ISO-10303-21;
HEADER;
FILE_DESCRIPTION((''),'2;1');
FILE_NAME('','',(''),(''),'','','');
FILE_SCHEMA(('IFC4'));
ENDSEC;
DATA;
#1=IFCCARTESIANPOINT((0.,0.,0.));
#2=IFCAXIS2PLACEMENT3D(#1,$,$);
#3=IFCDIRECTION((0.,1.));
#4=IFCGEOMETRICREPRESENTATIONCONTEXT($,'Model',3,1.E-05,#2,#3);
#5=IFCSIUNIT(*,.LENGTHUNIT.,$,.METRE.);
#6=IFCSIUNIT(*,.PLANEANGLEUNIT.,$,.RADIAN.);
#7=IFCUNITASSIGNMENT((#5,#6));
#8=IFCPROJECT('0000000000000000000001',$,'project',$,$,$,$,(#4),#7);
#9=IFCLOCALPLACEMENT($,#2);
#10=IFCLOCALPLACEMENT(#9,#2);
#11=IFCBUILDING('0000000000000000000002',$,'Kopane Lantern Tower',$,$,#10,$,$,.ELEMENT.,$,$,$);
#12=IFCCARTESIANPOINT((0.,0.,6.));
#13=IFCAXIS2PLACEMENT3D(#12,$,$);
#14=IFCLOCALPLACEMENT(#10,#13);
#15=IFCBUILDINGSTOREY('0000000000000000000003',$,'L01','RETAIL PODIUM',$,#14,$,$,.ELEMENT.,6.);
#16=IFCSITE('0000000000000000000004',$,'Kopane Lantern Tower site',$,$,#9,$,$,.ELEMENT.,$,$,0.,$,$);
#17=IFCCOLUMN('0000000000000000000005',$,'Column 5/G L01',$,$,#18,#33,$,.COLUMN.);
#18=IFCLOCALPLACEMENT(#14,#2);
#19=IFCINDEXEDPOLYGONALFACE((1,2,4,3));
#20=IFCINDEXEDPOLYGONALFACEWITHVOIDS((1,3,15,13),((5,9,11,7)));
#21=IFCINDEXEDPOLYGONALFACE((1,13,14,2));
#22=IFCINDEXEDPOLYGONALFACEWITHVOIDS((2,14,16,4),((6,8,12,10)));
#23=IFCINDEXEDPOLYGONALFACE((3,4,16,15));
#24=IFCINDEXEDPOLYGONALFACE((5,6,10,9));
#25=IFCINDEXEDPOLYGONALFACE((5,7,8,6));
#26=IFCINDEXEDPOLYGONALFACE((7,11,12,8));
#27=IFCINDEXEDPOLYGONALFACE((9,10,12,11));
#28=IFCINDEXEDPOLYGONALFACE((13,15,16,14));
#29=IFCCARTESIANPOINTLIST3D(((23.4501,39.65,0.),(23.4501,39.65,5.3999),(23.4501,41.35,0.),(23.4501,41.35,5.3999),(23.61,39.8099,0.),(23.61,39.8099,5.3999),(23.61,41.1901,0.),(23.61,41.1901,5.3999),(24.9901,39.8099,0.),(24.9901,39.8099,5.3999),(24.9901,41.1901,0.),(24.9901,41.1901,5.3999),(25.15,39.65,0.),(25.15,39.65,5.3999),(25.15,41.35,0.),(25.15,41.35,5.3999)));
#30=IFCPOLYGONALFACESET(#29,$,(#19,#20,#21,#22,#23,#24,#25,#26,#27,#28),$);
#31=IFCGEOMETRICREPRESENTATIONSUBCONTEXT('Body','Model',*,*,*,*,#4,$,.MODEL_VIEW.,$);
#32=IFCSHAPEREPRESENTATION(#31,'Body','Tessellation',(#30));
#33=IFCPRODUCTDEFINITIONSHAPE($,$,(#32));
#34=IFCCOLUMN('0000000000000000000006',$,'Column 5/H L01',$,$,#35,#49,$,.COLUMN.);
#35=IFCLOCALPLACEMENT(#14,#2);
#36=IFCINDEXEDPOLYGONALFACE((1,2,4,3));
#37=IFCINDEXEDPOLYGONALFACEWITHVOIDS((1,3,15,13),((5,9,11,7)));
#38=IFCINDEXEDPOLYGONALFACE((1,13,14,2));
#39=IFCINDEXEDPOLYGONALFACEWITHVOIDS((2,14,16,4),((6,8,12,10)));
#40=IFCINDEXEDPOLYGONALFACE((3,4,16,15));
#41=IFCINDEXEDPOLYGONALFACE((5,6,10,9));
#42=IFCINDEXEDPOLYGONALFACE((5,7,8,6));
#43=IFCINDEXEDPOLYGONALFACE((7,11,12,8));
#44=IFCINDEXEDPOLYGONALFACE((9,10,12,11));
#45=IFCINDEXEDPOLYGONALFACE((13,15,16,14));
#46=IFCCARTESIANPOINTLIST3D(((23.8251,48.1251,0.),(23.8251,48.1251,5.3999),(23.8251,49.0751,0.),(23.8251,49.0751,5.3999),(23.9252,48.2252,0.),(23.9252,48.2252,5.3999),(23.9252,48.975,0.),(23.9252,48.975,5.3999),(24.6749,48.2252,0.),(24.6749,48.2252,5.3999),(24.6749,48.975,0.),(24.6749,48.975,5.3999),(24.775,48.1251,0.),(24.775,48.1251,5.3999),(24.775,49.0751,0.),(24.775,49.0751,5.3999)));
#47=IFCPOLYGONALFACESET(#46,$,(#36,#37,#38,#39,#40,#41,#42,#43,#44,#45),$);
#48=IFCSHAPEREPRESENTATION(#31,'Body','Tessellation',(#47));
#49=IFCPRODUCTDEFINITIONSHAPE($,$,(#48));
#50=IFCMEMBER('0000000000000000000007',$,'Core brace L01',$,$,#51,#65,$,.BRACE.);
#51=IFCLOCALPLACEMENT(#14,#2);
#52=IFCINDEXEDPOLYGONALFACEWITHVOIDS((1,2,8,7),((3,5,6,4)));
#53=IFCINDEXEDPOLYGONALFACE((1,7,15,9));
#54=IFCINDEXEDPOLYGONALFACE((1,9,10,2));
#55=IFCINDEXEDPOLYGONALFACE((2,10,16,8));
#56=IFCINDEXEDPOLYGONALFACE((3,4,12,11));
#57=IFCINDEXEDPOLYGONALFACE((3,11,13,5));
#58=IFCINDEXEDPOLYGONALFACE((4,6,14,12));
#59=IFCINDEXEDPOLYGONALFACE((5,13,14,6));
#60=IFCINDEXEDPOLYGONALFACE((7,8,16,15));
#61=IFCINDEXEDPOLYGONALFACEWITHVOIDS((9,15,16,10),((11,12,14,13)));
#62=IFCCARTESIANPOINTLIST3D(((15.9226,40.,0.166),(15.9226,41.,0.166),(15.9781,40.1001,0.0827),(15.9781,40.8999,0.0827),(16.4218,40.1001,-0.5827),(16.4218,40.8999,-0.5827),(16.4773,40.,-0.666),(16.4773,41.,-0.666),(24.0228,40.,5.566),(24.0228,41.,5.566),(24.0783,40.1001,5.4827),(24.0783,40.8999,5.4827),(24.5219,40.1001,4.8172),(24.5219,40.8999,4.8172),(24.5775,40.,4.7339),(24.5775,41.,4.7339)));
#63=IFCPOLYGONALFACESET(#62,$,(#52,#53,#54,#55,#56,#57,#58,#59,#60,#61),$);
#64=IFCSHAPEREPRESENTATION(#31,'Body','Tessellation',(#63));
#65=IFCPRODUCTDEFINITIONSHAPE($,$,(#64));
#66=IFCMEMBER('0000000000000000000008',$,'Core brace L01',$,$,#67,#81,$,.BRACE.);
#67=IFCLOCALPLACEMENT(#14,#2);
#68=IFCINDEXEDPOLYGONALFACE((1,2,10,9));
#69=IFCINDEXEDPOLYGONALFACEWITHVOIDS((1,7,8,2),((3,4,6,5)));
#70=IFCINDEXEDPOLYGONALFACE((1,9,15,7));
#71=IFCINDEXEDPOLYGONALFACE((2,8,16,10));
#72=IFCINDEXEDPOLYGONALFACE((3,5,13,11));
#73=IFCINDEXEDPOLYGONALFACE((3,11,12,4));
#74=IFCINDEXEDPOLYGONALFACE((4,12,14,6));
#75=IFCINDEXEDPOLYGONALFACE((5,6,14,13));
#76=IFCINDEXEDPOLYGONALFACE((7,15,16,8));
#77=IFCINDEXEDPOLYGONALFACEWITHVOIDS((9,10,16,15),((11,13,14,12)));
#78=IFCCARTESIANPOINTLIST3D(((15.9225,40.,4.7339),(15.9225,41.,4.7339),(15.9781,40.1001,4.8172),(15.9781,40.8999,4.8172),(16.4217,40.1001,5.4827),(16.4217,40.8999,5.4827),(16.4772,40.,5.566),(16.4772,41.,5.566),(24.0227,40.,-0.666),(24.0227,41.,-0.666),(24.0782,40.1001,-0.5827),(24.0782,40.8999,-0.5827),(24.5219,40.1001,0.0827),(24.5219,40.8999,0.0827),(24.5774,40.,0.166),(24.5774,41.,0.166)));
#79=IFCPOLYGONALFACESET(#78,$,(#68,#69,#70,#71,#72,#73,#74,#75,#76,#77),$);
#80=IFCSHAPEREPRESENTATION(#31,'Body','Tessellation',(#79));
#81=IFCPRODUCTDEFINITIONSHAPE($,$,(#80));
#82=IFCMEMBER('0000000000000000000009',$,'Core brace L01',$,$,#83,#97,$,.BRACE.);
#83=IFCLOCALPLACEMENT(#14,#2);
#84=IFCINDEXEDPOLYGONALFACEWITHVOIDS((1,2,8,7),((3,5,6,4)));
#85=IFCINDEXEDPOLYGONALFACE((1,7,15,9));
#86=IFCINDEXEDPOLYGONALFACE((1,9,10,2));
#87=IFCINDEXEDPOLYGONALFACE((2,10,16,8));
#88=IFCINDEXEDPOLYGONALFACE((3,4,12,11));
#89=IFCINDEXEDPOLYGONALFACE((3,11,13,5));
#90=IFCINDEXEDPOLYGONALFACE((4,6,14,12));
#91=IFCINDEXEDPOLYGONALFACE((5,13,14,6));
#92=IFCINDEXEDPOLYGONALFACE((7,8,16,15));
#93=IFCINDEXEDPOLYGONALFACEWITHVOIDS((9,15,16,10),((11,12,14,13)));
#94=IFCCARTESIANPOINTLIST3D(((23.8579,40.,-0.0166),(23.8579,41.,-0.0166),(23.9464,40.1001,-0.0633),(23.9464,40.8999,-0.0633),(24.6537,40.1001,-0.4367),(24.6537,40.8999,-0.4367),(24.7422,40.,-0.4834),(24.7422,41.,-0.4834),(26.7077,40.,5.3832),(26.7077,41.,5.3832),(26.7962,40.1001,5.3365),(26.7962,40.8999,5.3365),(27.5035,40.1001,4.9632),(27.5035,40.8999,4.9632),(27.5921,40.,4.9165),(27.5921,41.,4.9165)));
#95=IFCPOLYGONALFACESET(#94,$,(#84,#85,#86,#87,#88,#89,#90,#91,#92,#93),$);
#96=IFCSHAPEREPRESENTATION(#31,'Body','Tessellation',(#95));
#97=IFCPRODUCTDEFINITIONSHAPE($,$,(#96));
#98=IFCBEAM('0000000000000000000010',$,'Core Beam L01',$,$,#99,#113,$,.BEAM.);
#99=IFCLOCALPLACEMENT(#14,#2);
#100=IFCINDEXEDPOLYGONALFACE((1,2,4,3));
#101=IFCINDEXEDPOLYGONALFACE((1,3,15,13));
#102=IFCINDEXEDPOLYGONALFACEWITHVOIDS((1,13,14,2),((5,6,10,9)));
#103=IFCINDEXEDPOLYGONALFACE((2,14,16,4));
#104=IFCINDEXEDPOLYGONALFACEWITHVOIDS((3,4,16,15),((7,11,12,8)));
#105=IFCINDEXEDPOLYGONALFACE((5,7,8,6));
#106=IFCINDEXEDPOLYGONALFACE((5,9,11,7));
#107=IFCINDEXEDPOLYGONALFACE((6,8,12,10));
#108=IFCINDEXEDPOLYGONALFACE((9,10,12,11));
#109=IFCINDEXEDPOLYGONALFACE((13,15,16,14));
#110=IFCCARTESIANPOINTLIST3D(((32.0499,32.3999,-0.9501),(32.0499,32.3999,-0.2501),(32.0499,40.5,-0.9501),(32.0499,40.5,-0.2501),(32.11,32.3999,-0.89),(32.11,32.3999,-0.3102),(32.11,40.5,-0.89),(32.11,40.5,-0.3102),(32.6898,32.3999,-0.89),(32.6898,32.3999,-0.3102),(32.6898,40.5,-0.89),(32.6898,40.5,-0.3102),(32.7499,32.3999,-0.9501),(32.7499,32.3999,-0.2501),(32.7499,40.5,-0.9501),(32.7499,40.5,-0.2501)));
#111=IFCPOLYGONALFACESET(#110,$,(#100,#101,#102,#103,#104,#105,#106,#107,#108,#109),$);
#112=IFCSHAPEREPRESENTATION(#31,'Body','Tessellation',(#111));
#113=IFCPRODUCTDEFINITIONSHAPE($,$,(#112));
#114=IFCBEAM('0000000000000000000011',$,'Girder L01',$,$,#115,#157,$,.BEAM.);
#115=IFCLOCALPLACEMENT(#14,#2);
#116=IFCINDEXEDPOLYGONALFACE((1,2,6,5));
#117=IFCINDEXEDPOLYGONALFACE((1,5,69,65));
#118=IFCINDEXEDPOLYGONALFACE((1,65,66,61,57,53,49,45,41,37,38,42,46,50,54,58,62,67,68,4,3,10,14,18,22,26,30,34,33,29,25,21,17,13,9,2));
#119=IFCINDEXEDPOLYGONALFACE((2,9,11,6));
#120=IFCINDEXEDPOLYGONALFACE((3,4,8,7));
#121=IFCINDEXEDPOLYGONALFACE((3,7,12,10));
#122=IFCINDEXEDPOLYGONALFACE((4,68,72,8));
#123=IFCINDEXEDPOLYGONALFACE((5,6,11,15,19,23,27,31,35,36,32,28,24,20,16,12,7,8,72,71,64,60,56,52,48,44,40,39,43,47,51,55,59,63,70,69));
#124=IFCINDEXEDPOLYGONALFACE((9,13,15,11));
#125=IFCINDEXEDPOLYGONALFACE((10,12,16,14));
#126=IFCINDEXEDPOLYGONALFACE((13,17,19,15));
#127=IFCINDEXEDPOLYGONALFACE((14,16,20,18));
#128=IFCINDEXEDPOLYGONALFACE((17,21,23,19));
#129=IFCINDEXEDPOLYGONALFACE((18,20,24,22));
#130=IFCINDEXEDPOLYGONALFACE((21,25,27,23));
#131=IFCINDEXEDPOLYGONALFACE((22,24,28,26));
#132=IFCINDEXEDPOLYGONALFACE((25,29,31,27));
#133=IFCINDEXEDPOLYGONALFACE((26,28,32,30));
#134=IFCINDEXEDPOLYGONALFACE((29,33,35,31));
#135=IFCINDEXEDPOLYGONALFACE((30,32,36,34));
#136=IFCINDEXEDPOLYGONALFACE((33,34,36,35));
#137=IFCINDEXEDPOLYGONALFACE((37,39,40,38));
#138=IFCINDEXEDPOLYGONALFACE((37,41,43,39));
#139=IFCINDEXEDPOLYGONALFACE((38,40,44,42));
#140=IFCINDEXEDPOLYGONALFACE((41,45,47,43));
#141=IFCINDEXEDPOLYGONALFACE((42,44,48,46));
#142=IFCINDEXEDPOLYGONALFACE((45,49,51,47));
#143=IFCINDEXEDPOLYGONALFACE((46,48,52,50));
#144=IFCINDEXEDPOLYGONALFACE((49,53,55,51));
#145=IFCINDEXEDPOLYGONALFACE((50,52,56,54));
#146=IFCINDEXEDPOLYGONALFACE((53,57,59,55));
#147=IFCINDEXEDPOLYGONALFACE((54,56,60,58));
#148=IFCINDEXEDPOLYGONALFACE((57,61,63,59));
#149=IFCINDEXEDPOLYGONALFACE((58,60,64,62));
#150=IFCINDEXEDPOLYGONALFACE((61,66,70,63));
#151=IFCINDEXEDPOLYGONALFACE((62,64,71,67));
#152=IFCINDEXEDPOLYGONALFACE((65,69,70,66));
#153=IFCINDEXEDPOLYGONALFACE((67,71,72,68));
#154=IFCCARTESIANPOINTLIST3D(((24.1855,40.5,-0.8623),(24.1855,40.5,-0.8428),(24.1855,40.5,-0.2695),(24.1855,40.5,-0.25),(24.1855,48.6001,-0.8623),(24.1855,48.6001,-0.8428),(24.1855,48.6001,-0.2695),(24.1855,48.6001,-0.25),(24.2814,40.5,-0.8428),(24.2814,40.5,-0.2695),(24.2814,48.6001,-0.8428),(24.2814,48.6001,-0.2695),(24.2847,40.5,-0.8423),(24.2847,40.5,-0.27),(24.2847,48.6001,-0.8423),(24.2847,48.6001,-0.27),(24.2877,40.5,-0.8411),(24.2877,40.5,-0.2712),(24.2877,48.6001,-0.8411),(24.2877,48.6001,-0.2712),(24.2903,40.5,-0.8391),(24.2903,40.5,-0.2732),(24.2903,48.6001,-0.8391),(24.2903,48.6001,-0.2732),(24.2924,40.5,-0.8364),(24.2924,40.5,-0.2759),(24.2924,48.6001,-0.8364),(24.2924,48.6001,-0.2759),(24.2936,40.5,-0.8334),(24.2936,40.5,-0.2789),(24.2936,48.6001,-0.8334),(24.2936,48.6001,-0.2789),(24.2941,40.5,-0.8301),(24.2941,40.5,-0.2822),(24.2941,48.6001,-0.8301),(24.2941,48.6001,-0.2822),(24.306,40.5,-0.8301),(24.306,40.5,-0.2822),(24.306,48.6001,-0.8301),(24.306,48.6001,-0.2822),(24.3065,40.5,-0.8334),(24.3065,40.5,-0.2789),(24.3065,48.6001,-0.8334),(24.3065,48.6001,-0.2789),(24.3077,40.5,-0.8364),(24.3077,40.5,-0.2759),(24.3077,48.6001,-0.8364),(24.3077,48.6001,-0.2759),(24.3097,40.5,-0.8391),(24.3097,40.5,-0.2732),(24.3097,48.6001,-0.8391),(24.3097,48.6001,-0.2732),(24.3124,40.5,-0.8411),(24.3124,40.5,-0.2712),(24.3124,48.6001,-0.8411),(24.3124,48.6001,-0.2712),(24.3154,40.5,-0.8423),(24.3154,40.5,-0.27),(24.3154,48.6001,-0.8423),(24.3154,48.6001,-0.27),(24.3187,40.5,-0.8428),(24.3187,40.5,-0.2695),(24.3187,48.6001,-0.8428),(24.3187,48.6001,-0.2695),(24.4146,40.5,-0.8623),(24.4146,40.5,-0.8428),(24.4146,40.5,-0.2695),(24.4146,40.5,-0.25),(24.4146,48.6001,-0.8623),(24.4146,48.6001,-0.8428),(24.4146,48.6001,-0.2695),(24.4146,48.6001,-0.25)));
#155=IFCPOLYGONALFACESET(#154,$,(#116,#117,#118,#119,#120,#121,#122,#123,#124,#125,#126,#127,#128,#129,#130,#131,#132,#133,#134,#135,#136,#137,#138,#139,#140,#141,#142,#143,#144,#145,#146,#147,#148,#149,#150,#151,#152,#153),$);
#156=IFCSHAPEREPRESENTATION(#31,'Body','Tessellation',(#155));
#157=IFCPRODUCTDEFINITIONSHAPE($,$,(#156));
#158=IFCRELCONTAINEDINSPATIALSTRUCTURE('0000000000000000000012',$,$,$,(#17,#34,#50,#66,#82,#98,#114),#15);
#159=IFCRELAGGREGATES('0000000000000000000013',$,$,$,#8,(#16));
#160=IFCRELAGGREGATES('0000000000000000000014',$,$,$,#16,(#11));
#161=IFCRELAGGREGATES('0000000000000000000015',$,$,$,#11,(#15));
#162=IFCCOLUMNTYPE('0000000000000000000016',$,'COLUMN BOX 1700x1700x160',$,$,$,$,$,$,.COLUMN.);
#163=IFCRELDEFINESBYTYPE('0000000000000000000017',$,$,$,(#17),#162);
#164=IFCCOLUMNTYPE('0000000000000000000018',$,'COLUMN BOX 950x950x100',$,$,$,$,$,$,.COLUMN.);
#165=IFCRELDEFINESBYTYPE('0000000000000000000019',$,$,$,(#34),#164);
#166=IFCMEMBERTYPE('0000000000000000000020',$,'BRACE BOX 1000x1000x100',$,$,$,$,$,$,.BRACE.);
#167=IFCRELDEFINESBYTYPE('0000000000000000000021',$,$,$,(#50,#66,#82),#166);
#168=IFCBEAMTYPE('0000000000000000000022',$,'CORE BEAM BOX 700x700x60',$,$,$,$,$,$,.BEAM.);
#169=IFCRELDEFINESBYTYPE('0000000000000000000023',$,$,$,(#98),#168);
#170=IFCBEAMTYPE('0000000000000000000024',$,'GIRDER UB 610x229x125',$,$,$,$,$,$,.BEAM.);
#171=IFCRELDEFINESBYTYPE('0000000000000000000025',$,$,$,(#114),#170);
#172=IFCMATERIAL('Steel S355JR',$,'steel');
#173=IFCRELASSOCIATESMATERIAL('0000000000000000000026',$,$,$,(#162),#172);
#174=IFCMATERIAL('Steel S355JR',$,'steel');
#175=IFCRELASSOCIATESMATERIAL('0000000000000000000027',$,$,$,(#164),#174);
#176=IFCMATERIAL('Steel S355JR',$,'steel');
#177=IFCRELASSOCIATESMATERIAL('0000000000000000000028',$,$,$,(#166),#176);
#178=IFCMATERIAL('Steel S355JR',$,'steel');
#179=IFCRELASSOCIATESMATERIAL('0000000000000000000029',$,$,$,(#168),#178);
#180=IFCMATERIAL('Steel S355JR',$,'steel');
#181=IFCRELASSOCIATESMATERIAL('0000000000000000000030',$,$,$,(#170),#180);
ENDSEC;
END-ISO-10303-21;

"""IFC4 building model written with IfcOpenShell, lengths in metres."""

from ifc_helpers import new_model, si_unit, direction, frame, origin, origin_2d, place, context, subcontext, project, spatial, hollow_rectangle, i_section, extrude, material, material_profile, profile_set, type_object, element, save


model = new_model("IFC4")

# Units and contexts
model_context = context("Model", 3, precision=1e-05, world=origin(), true_north=direction((0.0, 1.0)))
body_context = subcontext(model_context, "Body", "Model", "MODEL_VIEW")
ifc_project = project(units=[si_unit("LENGTHUNIT", "METRE"), si_unit("PLANEANGLEUNIT", "RADIAN")], contexts=[model_context])

# Site, building, storey
site_placement = place(None, origin())
site = spatial("IfcSite", under=ifc_project, at=site_placement, Name="Kopane Lantern Tower site", CompositionType="ELEMENT", RefElevation=0.0)
building_placement = place(site_placement, origin())
building = spatial("IfcBuilding", under=site, at=building_placement, Name="Kopane Lantern Tower", CompositionType="ELEMENT")
storey_placement = place(building_placement, frame((0.0, 0.0, 6.0)))
storey = spatial("IfcBuildingStorey", under=building, at=storey_placement, Name="L01", Description="RETAIL PODIUM", CompositionType="ELEMENT", Elevation=6.0)

# Columns
ifc_material_1 = material(Name="Steel S355JR", Category="steel")
ifc_material_profile_1 = material_profile(ifc_material_1, hollow_rectangle(XDim=1.7, YDim=1.7, WallThickness=0.1599, at=origin_2d()), Name="BOX 1700x1700x160")
ifc_profile_set_1 = profile_set([ifc_material_profile_1], Name="Steel S355JR")
column_type_1 = type_object("IfcColumnType", Name="COLUMN BOX 1700x1700x160", PredefinedType="COLUMN", material=ifc_profile_set_1)
column_1_placement = place(storey_placement, frame((24.3, 40.5, 0.0), z_axis=(0.0, 0.0, 1.0), x_axis=(1.0, 0.0, 0.0)))
element("IfcColumn", 1, at=column_1_placement, inside=storey, type_object=column_type_1, Name="Column 5/G L01", PredefinedType="COLUMN", context=body_context, shape_type="SweptSolid", body=[
    extrude(hollow_rectangle(XDim=1.7, YDim=1.7, WallThickness=0.1599, at=origin_2d()), origin(), (0.0, 0.0, 1.0), 5.3999),
])
ifc_material_2 = material(Name="Steel S355JR", Category="steel")
ifc_material_profile_2 = material_profile(ifc_material_2, hollow_rectangle(XDim=0.95, YDim=0.95, WallThickness=0.1001, at=origin_2d()), Name="BOX 950x950x100")
ifc_profile_set_2 = profile_set([ifc_material_profile_2], Name="Steel S355JR")
column_type_2 = type_object("IfcColumnType", Name="COLUMN BOX 950x950x100", PredefinedType="COLUMN", material=ifc_profile_set_2)
column_2_placement = place(storey_placement, frame((24.3, 48.6001, 0.0), z_axis=(0.0, 0.0, 1.0), x_axis=(1.0, 0.0, 0.0)))
element("IfcColumn", 2, at=column_2_placement, inside=storey, type_object=column_type_2, Name="Column 5/H L01", PredefinedType="COLUMN", context=body_context, shape_type="SweptSolid", body=[
    extrude(hollow_rectangle(XDim=0.95, YDim=0.95, WallThickness=0.1001, at=origin_2d()), origin(), (0.0, 0.0, 1.0), 5.3999),
])

# Members
ifc_material_3 = material(Name="Steel S355JR", Category="steel")
ifc_material_profile_3 = material_profile(ifc_material_3, hollow_rectangle(XDim=1.0, YDim=1.0, WallThickness=0.1001, at=origin_2d()), Name="BOX 1000x1000x100")
ifc_profile_set_3 = profile_set([ifc_material_profile_3], Name="Steel S355JR")
member_type = type_object("IfcMemberType", Name="BRACE BOX 1000x1000x100", PredefinedType="BRACE", material=ifc_profile_set_3)
for number, where, z_axis, x_axis, name in (
    (3, (16.2, 40.5, -0.25), (0.832058, 0.0, 0.554689), (0.0, 1.0, 0.0), "Core brace L01"),
    (4, (24.3, 40.5, -0.25), (-0.832058, 0.0, 0.554689), (0.0, -1.0, 0.0), "Core brace L01"),
):
    element("IfcMember", number, at=place(storey_placement, frame(where, z_axis=z_axis, x_axis=x_axis)), inside=storey, type_object=member_type, Name=name, PredefinedType="BRACE", context=body_context, shape_type="SweptSolid", body=[
        extrude(hollow_rectangle(XDim=1.0, YDim=1.0, WallThickness=0.1001, at=origin_2d()), origin(), (0.0, 0.0, 1.0), 9.7351),
    ])
member_placement = place(storey_placement, frame((24.3, 40.5, -0.25), z_axis=(0.466746, 0.0, 0.884391), x_axis=(0.0, 1.0, 0.0)))
element("IfcMember", 5, at=member_placement, inside=storey, type_object=member_type, Name="Core brace L01", PredefinedType="BRACE", context=body_context, shape_type="SweptSolid", body=[
    extrude(hollow_rectangle(XDim=1.0, YDim=1.0, WallThickness=0.1001, at=origin_2d()), origin(), (0.0, 0.0, 1.0), 6.1057),
])

# Beams
ifc_material_4 = material(Name="Steel S355JR", Category="steel")
ifc_material_profile_4 = material_profile(ifc_material_4, hollow_rectangle(XDim=0.7, YDim=0.7, WallThickness=0.0601, at=origin_2d()), Name="BOX 700x700x60")
ifc_profile_set_4 = profile_set([ifc_material_profile_4], Name="Steel S355JR")
beam_type_1 = type_object("IfcBeamType", Name="CORE BEAM BOX 700x700x60", PredefinedType="BEAM", material=ifc_profile_set_4)
beam_1_placement = place(storey_placement, frame((32.3999, 32.3999, -0.6001), z_axis=(0.0, 1.0, 0.0), x_axis=(-1.0, 0.0, 0.0)))
element("IfcBeam", 6, at=beam_1_placement, inside=storey, type_object=beam_type_1, Name="Core Beam L01", PredefinedType="BEAM", context=body_context, shape_type="SweptSolid", body=[
    extrude(hollow_rectangle(XDim=0.7, YDim=0.7, WallThickness=0.0601, at=origin_2d()), origin(), (0.0, 0.0, 1.0), 8.1001),
])
ifc_material_5 = material(Name="Steel S355JR", Category="steel")
ifc_material_profile_5 = material_profile(ifc_material_5, i_section(OverallWidth=0.229, OverallDepth=0.6123, WebThickness=0.012, FlangeThickness=0.0195, FilletRadius=0.0127, at=origin_2d()), Name="UB 610x229x125")
ifc_profile_set_5 = profile_set([ifc_material_profile_5], Name="Steel S355JR")
beam_type_2 = type_object("IfcBeamType", Name="GIRDER UB 610x229x125", PredefinedType="BEAM", material=ifc_profile_set_5)
beam_2_placement = place(storey_placement, frame((24.3, 40.5, -0.5562), z_axis=(0.0, 1.0, 0.0), x_axis=(-1.0, 0.0, 0.0)))
element("IfcBeam", 7, at=beam_2_placement, inside=storey, type_object=beam_type_2, Name="Girder L01", PredefinedType="BEAM", context=body_context, shape_type="SweptSolid", body=[
    extrude(i_section(OverallWidth=0.229, OverallDepth=0.6123, WebThickness=0.012, FlangeThickness=0.0195, FilletRadius=0.0127, at=origin_2d()), origin(), (0.0, 0.0, 1.0), 8.1001),
])

save(model, "model.ifc")
